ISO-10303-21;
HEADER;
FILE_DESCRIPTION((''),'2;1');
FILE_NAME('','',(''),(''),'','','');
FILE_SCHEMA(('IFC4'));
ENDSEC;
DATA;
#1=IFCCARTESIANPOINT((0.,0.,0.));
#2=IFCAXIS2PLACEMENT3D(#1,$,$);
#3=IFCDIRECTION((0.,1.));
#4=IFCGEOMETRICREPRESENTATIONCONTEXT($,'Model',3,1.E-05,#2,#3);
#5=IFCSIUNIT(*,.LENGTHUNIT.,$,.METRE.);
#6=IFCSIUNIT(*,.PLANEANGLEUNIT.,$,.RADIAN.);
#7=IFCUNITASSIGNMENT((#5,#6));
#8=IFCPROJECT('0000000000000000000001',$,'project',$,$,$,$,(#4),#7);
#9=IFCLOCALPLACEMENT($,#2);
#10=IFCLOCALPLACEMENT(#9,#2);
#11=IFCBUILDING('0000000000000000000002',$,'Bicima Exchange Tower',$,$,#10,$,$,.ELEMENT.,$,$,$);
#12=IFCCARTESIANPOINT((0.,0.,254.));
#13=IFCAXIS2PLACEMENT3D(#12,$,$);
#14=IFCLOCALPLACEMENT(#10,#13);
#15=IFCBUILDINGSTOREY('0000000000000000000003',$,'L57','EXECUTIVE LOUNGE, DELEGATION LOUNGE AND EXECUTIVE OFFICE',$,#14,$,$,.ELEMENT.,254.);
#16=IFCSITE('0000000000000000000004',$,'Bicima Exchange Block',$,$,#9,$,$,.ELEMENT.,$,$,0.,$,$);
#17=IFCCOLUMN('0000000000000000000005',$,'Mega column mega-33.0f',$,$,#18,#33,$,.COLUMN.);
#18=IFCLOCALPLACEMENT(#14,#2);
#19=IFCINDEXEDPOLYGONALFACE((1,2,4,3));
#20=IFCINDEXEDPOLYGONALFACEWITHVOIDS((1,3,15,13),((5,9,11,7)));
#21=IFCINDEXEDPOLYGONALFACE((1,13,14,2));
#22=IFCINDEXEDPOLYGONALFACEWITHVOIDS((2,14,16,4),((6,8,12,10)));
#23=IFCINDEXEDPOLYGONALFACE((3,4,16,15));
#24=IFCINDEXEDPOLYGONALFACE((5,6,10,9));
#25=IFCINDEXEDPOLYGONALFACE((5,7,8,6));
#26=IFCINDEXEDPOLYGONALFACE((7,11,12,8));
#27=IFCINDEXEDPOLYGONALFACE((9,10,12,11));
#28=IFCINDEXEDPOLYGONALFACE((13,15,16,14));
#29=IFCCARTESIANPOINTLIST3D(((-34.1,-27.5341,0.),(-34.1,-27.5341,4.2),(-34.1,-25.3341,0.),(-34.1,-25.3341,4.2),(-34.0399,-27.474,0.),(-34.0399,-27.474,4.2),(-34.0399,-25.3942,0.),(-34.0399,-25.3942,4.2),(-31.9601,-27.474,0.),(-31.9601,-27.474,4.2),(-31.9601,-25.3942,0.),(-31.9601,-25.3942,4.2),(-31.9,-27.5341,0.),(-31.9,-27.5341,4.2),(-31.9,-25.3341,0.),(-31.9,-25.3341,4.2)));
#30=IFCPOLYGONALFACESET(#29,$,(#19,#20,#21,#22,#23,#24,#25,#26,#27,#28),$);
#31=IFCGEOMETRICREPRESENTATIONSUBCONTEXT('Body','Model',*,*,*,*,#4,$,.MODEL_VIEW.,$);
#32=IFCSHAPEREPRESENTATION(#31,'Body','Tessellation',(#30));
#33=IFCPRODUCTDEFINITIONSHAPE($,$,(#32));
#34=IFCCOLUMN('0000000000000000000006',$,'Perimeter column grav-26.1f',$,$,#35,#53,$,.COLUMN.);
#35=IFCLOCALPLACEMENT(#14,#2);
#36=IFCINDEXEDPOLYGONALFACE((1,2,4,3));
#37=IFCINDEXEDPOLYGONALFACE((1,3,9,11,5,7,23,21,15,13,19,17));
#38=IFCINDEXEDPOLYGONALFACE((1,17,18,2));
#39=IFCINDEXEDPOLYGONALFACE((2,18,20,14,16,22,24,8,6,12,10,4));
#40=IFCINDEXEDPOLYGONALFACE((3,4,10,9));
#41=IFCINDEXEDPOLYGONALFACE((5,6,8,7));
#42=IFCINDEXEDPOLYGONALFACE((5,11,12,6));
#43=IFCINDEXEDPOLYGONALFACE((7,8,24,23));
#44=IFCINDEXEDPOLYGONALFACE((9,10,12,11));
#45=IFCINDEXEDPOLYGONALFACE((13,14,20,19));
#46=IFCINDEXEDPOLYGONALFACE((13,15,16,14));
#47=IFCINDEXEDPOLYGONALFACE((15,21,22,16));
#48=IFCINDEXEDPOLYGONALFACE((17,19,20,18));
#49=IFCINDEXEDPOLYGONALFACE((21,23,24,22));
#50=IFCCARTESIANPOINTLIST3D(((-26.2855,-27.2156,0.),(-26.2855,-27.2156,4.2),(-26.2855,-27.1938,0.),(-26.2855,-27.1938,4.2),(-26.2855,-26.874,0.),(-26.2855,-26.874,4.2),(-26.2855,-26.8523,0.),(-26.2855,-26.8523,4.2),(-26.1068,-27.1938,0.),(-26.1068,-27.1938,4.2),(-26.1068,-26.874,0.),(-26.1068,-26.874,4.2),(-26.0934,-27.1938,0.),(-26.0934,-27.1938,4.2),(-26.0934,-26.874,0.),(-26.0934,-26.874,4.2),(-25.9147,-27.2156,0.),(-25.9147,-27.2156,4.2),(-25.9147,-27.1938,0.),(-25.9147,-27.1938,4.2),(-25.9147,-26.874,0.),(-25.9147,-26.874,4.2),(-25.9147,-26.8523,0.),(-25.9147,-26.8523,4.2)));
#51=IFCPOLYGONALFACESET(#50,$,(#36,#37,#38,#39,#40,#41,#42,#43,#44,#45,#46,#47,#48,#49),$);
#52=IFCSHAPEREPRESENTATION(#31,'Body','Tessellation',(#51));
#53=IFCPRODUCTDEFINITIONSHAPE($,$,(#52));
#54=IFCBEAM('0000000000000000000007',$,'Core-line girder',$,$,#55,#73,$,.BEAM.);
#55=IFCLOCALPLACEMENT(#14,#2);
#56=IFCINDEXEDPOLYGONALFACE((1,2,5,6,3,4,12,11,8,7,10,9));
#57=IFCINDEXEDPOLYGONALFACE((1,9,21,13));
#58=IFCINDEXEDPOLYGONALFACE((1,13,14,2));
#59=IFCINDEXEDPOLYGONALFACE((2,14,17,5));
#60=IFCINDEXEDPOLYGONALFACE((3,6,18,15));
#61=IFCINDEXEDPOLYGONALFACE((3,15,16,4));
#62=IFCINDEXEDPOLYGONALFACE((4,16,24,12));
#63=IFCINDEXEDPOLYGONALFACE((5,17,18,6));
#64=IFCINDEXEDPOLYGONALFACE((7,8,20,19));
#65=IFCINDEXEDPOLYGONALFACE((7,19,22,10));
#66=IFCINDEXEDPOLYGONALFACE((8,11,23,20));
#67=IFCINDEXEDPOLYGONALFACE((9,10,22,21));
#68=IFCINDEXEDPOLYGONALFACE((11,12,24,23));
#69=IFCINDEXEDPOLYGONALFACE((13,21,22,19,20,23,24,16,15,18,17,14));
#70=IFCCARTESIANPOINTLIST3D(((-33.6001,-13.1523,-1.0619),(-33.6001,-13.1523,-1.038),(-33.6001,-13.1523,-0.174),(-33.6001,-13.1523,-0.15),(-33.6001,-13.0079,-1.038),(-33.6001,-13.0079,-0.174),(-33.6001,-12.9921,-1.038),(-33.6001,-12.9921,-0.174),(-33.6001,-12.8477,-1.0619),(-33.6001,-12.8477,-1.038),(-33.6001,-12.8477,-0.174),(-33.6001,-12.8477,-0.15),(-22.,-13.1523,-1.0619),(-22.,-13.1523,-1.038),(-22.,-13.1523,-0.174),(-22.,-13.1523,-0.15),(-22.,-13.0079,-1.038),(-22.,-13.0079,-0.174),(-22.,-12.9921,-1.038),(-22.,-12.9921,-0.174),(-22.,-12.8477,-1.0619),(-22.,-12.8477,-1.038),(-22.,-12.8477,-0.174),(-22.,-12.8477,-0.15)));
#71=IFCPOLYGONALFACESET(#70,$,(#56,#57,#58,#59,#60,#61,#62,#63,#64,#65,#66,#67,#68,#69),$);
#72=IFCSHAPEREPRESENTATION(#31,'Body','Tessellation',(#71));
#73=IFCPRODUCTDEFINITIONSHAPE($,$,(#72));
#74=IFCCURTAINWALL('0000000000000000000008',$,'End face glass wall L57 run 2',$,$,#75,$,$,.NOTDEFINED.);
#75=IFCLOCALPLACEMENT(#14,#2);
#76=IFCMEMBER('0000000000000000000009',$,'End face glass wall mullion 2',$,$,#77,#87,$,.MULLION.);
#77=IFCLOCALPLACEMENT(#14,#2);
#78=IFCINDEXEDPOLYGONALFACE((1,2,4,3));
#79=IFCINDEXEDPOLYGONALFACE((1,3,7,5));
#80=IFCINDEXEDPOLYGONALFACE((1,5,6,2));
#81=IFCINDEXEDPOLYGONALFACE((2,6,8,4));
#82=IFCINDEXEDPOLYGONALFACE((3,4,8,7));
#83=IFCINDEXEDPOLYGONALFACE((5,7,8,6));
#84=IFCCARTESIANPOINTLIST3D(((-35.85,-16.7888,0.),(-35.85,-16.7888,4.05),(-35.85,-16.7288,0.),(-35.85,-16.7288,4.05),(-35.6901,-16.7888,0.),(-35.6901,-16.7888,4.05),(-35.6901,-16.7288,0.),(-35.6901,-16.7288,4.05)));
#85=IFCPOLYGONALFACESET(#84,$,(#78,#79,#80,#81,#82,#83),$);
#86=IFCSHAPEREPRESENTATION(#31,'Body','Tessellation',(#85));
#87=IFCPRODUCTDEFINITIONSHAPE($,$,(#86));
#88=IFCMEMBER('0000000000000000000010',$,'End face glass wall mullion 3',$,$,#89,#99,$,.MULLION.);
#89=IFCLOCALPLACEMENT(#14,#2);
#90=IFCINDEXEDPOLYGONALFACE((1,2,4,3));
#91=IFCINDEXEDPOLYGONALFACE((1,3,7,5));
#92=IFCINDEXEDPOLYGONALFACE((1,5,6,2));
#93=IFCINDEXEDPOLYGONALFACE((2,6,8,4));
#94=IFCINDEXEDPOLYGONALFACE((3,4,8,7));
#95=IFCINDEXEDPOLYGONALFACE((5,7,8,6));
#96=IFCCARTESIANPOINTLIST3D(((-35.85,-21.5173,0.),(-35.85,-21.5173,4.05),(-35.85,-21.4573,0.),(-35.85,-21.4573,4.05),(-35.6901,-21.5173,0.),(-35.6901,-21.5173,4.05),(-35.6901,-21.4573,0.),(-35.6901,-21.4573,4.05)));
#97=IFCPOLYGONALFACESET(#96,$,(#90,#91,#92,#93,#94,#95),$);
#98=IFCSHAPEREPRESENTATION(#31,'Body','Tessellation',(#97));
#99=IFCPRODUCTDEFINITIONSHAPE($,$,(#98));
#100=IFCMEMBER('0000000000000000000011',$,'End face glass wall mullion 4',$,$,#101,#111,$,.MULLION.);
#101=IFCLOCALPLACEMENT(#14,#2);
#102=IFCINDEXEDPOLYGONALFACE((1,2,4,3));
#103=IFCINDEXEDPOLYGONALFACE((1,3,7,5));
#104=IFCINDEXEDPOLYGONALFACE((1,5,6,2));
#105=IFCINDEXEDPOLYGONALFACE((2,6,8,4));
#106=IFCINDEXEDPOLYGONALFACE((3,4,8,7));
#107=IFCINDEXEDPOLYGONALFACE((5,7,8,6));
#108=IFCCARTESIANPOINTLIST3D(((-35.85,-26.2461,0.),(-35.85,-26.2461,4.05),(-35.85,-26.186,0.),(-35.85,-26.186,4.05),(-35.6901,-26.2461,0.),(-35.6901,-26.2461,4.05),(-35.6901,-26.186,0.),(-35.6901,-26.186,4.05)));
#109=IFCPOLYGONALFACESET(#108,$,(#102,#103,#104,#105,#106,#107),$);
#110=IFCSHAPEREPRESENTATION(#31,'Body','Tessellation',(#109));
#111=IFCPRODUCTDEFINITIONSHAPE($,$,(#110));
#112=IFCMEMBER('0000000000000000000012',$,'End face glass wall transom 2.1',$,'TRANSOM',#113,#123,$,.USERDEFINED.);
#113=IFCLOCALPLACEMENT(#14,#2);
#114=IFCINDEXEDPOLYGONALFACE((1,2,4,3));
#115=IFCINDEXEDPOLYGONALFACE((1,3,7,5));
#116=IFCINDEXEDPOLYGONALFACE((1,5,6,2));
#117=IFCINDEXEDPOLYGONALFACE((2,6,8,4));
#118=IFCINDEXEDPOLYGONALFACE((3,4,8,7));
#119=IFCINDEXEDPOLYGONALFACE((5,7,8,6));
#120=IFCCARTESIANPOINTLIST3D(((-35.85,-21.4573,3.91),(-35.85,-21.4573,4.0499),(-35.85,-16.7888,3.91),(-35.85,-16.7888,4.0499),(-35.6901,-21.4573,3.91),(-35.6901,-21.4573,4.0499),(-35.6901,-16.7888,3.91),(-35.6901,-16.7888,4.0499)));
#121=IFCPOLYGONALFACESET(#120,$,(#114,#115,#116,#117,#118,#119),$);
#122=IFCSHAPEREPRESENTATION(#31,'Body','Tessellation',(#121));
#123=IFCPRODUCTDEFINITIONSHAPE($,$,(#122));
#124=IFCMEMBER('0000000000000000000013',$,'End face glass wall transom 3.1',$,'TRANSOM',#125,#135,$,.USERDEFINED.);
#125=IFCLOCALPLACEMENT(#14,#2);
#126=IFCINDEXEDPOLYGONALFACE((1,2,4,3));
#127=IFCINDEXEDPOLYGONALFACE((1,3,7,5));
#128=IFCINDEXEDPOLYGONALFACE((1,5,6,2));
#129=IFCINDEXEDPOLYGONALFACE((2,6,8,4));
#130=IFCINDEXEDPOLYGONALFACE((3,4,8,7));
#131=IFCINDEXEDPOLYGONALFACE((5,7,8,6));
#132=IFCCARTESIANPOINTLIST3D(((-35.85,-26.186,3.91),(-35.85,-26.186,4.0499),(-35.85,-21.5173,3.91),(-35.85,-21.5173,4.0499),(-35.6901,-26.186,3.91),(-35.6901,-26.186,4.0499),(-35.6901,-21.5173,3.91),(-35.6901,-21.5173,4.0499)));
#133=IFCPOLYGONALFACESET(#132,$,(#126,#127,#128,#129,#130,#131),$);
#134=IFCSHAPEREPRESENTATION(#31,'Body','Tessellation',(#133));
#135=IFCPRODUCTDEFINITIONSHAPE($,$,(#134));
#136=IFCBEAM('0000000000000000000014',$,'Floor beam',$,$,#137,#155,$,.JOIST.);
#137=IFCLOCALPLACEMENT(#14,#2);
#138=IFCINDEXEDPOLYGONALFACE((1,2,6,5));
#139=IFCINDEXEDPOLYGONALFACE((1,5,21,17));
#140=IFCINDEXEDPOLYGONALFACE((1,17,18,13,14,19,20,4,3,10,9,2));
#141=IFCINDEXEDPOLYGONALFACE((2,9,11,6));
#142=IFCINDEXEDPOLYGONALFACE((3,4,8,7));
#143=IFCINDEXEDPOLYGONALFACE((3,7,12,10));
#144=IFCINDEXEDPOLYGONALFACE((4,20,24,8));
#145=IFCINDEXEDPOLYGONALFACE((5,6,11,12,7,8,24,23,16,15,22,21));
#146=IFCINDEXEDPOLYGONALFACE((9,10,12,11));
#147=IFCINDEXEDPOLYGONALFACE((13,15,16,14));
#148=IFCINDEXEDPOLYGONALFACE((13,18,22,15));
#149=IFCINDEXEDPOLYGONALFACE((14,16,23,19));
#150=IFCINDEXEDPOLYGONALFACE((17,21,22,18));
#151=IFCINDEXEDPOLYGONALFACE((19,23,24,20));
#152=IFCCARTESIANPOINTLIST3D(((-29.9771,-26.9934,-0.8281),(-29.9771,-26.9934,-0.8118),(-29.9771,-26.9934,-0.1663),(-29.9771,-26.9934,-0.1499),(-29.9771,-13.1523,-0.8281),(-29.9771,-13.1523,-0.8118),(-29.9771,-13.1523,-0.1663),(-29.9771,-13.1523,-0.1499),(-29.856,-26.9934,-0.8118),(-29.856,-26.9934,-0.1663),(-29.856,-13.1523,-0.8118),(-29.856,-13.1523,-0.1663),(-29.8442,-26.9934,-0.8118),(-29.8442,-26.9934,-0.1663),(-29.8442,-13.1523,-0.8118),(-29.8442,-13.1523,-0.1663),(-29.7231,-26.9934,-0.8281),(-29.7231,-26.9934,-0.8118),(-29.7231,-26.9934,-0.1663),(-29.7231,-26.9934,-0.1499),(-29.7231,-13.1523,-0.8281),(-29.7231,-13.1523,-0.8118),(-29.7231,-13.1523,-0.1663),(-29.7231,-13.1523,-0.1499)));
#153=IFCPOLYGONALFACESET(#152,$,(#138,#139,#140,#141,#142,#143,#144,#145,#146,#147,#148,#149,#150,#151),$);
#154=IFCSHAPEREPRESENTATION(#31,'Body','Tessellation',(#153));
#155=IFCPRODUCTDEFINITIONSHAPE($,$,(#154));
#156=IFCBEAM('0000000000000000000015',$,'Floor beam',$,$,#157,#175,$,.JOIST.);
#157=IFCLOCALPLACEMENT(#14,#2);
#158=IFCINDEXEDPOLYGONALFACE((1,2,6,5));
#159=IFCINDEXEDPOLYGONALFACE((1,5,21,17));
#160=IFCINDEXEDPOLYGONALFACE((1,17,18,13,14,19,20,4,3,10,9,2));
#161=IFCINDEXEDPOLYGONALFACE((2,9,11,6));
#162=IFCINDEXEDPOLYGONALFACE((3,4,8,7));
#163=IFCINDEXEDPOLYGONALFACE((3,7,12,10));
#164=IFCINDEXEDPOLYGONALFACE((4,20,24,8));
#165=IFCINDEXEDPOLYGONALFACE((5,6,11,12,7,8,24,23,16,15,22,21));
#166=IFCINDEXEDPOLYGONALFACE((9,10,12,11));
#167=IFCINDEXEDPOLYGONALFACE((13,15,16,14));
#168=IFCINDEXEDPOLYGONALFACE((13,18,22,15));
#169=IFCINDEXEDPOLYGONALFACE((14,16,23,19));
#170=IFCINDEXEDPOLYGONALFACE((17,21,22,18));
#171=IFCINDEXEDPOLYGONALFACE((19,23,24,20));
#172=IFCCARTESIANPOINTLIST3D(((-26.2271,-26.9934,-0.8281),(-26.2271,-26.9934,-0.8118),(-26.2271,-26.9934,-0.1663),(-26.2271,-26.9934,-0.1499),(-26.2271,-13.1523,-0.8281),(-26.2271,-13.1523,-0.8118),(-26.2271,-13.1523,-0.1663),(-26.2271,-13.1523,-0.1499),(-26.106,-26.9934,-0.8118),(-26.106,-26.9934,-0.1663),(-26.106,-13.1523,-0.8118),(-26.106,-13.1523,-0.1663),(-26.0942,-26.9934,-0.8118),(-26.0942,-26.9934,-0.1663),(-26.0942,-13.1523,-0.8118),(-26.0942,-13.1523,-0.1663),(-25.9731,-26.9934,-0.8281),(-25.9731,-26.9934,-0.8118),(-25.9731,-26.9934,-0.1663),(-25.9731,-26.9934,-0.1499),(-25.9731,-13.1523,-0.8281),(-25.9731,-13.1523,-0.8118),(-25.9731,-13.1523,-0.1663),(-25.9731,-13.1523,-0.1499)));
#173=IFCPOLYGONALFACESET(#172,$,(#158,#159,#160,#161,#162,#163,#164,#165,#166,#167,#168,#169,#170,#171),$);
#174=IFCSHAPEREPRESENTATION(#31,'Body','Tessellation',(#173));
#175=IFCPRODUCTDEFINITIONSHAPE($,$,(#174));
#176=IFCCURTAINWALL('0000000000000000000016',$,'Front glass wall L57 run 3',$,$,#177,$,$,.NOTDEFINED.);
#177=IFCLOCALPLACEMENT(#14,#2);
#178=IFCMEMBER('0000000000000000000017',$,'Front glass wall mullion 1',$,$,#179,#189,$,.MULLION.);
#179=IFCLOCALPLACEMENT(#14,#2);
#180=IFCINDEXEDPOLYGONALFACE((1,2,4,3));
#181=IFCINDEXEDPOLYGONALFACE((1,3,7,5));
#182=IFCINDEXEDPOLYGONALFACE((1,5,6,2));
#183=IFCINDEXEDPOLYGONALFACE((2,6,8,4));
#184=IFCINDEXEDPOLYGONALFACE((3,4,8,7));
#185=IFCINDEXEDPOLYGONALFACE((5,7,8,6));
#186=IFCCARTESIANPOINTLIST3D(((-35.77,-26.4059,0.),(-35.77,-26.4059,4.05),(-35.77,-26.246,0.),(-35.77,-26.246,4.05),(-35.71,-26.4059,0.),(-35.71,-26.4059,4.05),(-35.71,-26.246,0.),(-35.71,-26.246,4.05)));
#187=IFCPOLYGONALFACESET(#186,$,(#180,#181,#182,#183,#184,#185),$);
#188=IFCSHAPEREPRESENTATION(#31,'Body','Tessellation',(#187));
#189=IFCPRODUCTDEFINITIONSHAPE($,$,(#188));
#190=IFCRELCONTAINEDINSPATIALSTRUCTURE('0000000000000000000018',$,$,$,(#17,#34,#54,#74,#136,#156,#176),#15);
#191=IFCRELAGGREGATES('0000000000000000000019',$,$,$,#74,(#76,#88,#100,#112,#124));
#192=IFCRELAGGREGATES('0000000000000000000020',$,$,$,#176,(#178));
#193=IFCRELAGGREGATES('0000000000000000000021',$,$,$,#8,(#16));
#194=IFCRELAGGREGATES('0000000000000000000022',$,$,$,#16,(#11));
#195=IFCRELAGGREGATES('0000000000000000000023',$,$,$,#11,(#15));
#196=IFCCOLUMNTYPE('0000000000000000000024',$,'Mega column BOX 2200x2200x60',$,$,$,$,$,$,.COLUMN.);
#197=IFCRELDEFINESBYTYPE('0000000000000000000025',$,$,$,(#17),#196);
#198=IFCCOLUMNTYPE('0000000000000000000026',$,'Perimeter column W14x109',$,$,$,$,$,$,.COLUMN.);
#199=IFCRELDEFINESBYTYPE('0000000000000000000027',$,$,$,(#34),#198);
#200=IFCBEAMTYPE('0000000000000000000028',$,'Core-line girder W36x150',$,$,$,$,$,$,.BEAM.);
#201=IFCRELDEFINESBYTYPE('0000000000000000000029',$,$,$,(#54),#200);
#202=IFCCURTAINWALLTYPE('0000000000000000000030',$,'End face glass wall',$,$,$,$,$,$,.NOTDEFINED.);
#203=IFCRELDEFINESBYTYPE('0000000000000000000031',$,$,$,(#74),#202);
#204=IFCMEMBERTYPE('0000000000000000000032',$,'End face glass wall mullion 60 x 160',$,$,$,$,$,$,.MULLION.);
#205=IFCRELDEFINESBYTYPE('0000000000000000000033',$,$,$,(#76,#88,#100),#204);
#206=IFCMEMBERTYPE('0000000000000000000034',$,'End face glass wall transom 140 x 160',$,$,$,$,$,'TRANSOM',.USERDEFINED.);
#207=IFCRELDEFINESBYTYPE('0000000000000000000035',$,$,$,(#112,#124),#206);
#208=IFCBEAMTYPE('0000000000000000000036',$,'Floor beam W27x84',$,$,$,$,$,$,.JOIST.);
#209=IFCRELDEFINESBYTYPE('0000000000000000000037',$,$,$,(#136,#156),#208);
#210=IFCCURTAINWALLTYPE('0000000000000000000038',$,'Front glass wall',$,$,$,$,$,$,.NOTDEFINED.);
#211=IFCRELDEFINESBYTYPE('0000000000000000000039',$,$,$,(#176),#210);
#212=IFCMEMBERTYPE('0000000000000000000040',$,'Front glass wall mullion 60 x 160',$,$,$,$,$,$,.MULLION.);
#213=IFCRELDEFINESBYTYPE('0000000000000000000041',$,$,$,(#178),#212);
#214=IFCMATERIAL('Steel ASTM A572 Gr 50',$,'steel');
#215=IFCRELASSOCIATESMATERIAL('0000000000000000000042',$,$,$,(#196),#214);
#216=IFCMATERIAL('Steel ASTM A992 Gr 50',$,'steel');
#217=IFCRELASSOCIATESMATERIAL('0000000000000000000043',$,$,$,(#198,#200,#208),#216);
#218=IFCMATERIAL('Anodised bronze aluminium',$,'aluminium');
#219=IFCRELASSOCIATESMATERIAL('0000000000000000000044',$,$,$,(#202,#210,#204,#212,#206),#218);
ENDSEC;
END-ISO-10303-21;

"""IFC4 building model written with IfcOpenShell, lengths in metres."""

from ifc_helpers import new_model, si_unit, direction, frame, origin, origin_2d, place, context, subcontext, project, spatial, rectangle, hollow_rectangle, i_section, extrude, material, material_profile, profile_set, type_object, element, aggregate, save


model = new_model("IFC4")

# Units and contexts
model_context = context("Model", 3, precision=1e-05, world=origin(), true_north=direction((0.0, 1.0)))
body_context = subcontext(model_context, "Body", "Model", "MODEL_VIEW")
ifc_project = project(units=[si_unit("LENGTHUNIT", "METRE"), si_unit("PLANEANGLEUNIT", "RADIAN")], contexts=[model_context])

# Site, building, storey
site_placement = place(None, origin())
site = spatial("IfcSite", under=ifc_project, at=site_placement, Name="Bicima Exchange Block", CompositionType="ELEMENT", RefElevation=0.0)
building_placement = place(site_placement, origin())
building = spatial("IfcBuilding", under=site, at=building_placement, Name="Bicima Exchange Tower", CompositionType="ELEMENT")
storey_placement = place(building_placement, frame((0.0, 0.0, 254.0)))
storey = spatial("IfcBuildingStorey", under=building, at=storey_placement, Name="L57", Description="EXECUTIVE LOUNGE, DELEGATION LOUNGE AND EXECUTIVE OFFICE", CompositionType="ELEMENT", Elevation=254.0)

# Columns
ifc_material_1 = material(Name="Steel ASTM A572 Gr 50", Category="steel")
ifc_material_profile_1 = material_profile(ifc_material_1, hollow_rectangle(XDim=2.2, YDim=2.2, WallThickness=0.0601, at=origin_2d()))
ifc_profile_set_1 = profile_set([ifc_material_profile_1], Name="Steel ASTM A572 Gr 50")
column_type_1 = type_object("IfcColumnType", Name="Mega column BOX 2200x2200x60", PredefinedType="COLUMN", material=ifc_profile_set_1)
column_1_placement = place(storey_placement, frame((-33.0, -26.4341, 0.0), z_axis=(0.0, 0.0, 1.0), x_axis=(1.0, 0.0, 0.0)))
element("IfcColumn", 1, at=column_1_placement, inside=storey, type_object=column_type_1, Name="Mega column mega-33.0f", PredefinedType="COLUMN", context=body_context, shape_type="SweptSolid", body=[
    extrude(hollow_rectangle(XDim=2.2, YDim=2.2, WallThickness=0.0601, at=origin_2d()), origin(), (0.0, 0.0, 1.0), 4.2),
])
ifc_material_2 = material(Name="Steel ASTM A992 Gr 50", Category="steel")
ifc_material_profile_2 = material_profile(ifc_material_2, i_section(OverallWidth=0.3708, OverallDepth=0.3633, WebThickness=0.0134, FlangeThickness=0.0217, at=origin_2d()))
ifc_profile_set_2 = profile_set([ifc_material_profile_2], Name="Steel ASTM A992 Gr 50")
column_type_2 = type_object("IfcColumnType", Name="Perimeter column W14x109", PredefinedType="COLUMN", material=ifc_profile_set_2)
column_2_placement = place(storey_placement, frame((-26.1001, -27.0339, 0.0), z_axis=(0.0, 0.0, 1.0), x_axis=(1.0, 0.0, 0.0)))
element("IfcColumn", 2, at=column_2_placement, inside=storey, type_object=column_type_2, Name="Perimeter column grav-26.1f", PredefinedType="COLUMN", context=body_context, shape_type="SweptSolid", body=[
    extrude(i_section(OverallWidth=0.3708, OverallDepth=0.3633, WebThickness=0.0134, FlangeThickness=0.0217, at=origin_2d()), origin(), (0.0, 0.0, 1.0), 4.2),
])

# Beam
ifc_material_profile_3 = material_profile(ifc_material_2, i_section(OverallWidth=0.3047, OverallDepth=0.9119, WebThickness=0.0159, FlangeThickness=0.0239, at=origin_2d()))
ifc_profile_set_3 = profile_set([ifc_material_profile_3], Name="Steel ASTM A992 Gr 50")
beam_type_1 = type_object("IfcBeamType", Name="Core-line girder W36x150", PredefinedType="BEAM", material=ifc_profile_set_3)
beam_placement = place(storey_placement, frame((-22.0, -13.0, -0.606), z_axis=(-1.0, 0.0, 0.0), x_axis=(0.0, -1.0, 0.0)))
element("IfcBeam", 3, at=beam_placement, inside=storey, type_object=beam_type_1, Name="Core-line girder", PredefinedType="BEAM", context=body_context, shape_type="SweptSolid", body=[
    extrude(i_section(OverallWidth=0.3047, OverallDepth=0.9119, WebThickness=0.0159, FlangeThickness=0.0239, at=origin_2d()), origin(), (0.0, 0.0, 1.0), 11.6001),
])

# Curtain wall, members
ifc_material_3 = material(Name="Anodised bronze aluminium", Category="aluminium")
curtain_wall_type_1 = type_object("IfcCurtainWallType", Name="End face glass wall", PredefinedType="NOTDEFINED", material=ifc_material_3)
curtain_wall_1_placement = place(storey_placement, origin())
curtain_wall_1 = element("IfcCurtainWall", 4, at=curtain_wall_1_placement, inside=storey, type_object=curtain_wall_type_1, Name="End face glass wall L57 run 2", PredefinedType="NOTDEFINED")
ifc_material_profile_4 = material_profile(ifc_material_3, rectangle(XDim=0.1599, YDim=0.0601, at=origin_2d()))
ifc_profile_set_4 = profile_set([ifc_material_profile_4], Name="Anodised bronze aluminium")
member_type_1 = type_object("IfcMemberType", Name="End face glass wall mullion 60 x 160", PredefinedType="MULLION", material=ifc_profile_set_4)
member_1_placement = place(storey_placement, frame((-35.77, -16.7588, 0.0), z_axis=(0.0, 0.0, 1.0), x_axis=(1.0, 0.0, 0.0)))
member_1 = element("IfcMember", 5, at=member_1_placement, type_object=member_type_1, Name="End face glass wall mullion 2", PredefinedType="MULLION", context=body_context, shape_type="SweptSolid", body=[
    extrude(rectangle(XDim=0.1599, YDim=0.0601, at=origin_2d()), origin(), (0.0, 0.0, 1.0), 4.05),
])
member_2_placement = place(storey_placement, frame((-35.77, -21.4873, 0.0), z_axis=(0.0, 0.0, 1.0), x_axis=(1.0, 0.0, 0.0)))
member_2 = element("IfcMember", 6, at=member_2_placement, type_object=member_type_1, Name="End face glass wall mullion 3", PredefinedType="MULLION", context=body_context, shape_type="SweptSolid", body=[
    extrude(rectangle(XDim=0.1599, YDim=0.0601, at=origin_2d()), origin(), (0.0, 0.0, 1.0), 4.05),
])
member_3_placement = place(storey_placement, frame((-35.77, -26.2161, 0.0), z_axis=(0.0, 0.0, 1.0), x_axis=(1.0, 0.0, 0.0)))
member_3 = element("IfcMember", 7, at=member_3_placement, type_object=member_type_1, Name="End face glass wall mullion 4", PredefinedType="MULLION", context=body_context, shape_type="SweptSolid", body=[
    extrude(rectangle(XDim=0.1599, YDim=0.0601, at=origin_2d()), origin(), (0.0, 0.0, 1.0), 4.05),
])
ifc_material_profile_5 = material_profile(ifc_material_3, rectangle(XDim=0.1599, YDim=0.1399, at=origin_2d()))
ifc_profile_set_5 = profile_set([ifc_material_profile_5], Name="Anodised bronze aluminium")
member_type_2 = type_object("IfcMemberType", Name="End face glass wall transom 140 x 160", ElementType="TRANSOM", PredefinedType="USERDEFINED", material=ifc_profile_set_5)
member_4_placement = place(storey_placement, frame((-35.77, -16.7888, 3.98), z_axis=(0.0, -1.0, 0.0), x_axis=(1.0, 0.0, 0.0)))
member_4 = element("IfcMember", 8, at=member_4_placement, type_object=member_type_2, Name="End face glass wall transom 2.1", ObjectType="TRANSOM", PredefinedType="USERDEFINED", context=body_context, shape_type="SweptSolid", body=[
    extrude(rectangle(XDim=0.1599, YDim=0.1399, at=origin_2d()), origin(), (0.0, 0.0, 1.0), 4.6685),
])
member_5_placement = place(storey_placement, frame((-35.77, -21.5173, 3.98), z_axis=(0.0, -1.0, 0.0), x_axis=(1.0, 0.0, 0.0)))
member_5 = element("IfcMember", 9, at=member_5_placement, type_object=member_type_2, Name="End face glass wall transom 3.1", ObjectType="TRANSOM", PredefinedType="USERDEFINED", context=body_context, shape_type="SweptSolid", body=[
    extrude(rectangle(XDim=0.1599, YDim=0.1399, at=origin_2d()), origin(), (0.0, 0.0, 1.0), 4.6687),
])

# Beams
ifc_material_profile_6 = material_profile(ifc_material_2, i_section(OverallWidth=0.2539, OverallDepth=0.6782, WebThickness=0.0117, FlangeThickness=0.0164, at=origin_2d()))
ifc_profile_set_6 = profile_set([ifc_material_profile_6], Name="Steel ASTM A992 Gr 50")
beam_type_2 = type_object("IfcBeamType", Name="Floor beam W27x84", PredefinedType="JOIST", material=ifc_profile_set_6)
for number, where, z_axis, x_axis, name in (
    (10, (-29.8501, -13.1523, -0.489), (0.0, -1.0, 0.0), (1.0, 0.0, 0.0), "Floor beam"),
    (11, (-26.1001, -13.1523, -0.489), (0.0, -1.0, 0.0), (1.0, 0.0, 0.0), "Floor beam"),
):
    element("IfcBeam", number, at=place(storey_placement, frame(where, z_axis=z_axis, x_axis=x_axis)), inside=storey, type_object=beam_type_2, Name=name, PredefinedType="JOIST", context=body_context, shape_type="SweptSolid", body=[
        extrude(i_section(OverallWidth=0.2539, OverallDepth=0.6782, WebThickness=0.0117, FlangeThickness=0.0164, at=origin_2d()), origin(), (0.0, 0.0, 1.0), 13.8411),
    ])

# Curtain wall, member
curtain_wall_type_2 = type_object("IfcCurtainWallType", Name="Front glass wall", PredefinedType="NOTDEFINED", material=ifc_material_3)
curtain_wall_2_placement = place(storey_placement, origin())
curtain_wall_2 = element("IfcCurtainWall", 12, at=curtain_wall_2_placement, inside=storey, type_object=curtain_wall_type_2, Name="Front glass wall L57 run 3", PredefinedType="NOTDEFINED")
member_type_3 = type_object("IfcMemberType", Name="Front glass wall mullion 60 x 160", PredefinedType="MULLION", material=ifc_profile_set_4)
member_6_placement = place(storey_placement, frame((-35.74, -26.3259, 0.0), z_axis=(0.0, 0.0, 1.0), x_axis=(0.0, 1.0, 0.0)))
member_6 = element("IfcMember", 13, at=member_6_placement, type_object=member_type_3, Name="Front glass wall mullion 1", PredefinedType="MULLION", context=body_context, shape_type="SweptSolid", body=[
    extrude(rectangle(XDim=0.1599, YDim=0.0601, at=origin_2d()), origin(), (0.0, 0.0, 1.0), 4.05),
])

aggregate(curtain_wall_1, [member_1, member_2, member_3, member_4, member_5])
aggregate(curtain_wall_2, [member_6])

save(model, "model.ifc")
